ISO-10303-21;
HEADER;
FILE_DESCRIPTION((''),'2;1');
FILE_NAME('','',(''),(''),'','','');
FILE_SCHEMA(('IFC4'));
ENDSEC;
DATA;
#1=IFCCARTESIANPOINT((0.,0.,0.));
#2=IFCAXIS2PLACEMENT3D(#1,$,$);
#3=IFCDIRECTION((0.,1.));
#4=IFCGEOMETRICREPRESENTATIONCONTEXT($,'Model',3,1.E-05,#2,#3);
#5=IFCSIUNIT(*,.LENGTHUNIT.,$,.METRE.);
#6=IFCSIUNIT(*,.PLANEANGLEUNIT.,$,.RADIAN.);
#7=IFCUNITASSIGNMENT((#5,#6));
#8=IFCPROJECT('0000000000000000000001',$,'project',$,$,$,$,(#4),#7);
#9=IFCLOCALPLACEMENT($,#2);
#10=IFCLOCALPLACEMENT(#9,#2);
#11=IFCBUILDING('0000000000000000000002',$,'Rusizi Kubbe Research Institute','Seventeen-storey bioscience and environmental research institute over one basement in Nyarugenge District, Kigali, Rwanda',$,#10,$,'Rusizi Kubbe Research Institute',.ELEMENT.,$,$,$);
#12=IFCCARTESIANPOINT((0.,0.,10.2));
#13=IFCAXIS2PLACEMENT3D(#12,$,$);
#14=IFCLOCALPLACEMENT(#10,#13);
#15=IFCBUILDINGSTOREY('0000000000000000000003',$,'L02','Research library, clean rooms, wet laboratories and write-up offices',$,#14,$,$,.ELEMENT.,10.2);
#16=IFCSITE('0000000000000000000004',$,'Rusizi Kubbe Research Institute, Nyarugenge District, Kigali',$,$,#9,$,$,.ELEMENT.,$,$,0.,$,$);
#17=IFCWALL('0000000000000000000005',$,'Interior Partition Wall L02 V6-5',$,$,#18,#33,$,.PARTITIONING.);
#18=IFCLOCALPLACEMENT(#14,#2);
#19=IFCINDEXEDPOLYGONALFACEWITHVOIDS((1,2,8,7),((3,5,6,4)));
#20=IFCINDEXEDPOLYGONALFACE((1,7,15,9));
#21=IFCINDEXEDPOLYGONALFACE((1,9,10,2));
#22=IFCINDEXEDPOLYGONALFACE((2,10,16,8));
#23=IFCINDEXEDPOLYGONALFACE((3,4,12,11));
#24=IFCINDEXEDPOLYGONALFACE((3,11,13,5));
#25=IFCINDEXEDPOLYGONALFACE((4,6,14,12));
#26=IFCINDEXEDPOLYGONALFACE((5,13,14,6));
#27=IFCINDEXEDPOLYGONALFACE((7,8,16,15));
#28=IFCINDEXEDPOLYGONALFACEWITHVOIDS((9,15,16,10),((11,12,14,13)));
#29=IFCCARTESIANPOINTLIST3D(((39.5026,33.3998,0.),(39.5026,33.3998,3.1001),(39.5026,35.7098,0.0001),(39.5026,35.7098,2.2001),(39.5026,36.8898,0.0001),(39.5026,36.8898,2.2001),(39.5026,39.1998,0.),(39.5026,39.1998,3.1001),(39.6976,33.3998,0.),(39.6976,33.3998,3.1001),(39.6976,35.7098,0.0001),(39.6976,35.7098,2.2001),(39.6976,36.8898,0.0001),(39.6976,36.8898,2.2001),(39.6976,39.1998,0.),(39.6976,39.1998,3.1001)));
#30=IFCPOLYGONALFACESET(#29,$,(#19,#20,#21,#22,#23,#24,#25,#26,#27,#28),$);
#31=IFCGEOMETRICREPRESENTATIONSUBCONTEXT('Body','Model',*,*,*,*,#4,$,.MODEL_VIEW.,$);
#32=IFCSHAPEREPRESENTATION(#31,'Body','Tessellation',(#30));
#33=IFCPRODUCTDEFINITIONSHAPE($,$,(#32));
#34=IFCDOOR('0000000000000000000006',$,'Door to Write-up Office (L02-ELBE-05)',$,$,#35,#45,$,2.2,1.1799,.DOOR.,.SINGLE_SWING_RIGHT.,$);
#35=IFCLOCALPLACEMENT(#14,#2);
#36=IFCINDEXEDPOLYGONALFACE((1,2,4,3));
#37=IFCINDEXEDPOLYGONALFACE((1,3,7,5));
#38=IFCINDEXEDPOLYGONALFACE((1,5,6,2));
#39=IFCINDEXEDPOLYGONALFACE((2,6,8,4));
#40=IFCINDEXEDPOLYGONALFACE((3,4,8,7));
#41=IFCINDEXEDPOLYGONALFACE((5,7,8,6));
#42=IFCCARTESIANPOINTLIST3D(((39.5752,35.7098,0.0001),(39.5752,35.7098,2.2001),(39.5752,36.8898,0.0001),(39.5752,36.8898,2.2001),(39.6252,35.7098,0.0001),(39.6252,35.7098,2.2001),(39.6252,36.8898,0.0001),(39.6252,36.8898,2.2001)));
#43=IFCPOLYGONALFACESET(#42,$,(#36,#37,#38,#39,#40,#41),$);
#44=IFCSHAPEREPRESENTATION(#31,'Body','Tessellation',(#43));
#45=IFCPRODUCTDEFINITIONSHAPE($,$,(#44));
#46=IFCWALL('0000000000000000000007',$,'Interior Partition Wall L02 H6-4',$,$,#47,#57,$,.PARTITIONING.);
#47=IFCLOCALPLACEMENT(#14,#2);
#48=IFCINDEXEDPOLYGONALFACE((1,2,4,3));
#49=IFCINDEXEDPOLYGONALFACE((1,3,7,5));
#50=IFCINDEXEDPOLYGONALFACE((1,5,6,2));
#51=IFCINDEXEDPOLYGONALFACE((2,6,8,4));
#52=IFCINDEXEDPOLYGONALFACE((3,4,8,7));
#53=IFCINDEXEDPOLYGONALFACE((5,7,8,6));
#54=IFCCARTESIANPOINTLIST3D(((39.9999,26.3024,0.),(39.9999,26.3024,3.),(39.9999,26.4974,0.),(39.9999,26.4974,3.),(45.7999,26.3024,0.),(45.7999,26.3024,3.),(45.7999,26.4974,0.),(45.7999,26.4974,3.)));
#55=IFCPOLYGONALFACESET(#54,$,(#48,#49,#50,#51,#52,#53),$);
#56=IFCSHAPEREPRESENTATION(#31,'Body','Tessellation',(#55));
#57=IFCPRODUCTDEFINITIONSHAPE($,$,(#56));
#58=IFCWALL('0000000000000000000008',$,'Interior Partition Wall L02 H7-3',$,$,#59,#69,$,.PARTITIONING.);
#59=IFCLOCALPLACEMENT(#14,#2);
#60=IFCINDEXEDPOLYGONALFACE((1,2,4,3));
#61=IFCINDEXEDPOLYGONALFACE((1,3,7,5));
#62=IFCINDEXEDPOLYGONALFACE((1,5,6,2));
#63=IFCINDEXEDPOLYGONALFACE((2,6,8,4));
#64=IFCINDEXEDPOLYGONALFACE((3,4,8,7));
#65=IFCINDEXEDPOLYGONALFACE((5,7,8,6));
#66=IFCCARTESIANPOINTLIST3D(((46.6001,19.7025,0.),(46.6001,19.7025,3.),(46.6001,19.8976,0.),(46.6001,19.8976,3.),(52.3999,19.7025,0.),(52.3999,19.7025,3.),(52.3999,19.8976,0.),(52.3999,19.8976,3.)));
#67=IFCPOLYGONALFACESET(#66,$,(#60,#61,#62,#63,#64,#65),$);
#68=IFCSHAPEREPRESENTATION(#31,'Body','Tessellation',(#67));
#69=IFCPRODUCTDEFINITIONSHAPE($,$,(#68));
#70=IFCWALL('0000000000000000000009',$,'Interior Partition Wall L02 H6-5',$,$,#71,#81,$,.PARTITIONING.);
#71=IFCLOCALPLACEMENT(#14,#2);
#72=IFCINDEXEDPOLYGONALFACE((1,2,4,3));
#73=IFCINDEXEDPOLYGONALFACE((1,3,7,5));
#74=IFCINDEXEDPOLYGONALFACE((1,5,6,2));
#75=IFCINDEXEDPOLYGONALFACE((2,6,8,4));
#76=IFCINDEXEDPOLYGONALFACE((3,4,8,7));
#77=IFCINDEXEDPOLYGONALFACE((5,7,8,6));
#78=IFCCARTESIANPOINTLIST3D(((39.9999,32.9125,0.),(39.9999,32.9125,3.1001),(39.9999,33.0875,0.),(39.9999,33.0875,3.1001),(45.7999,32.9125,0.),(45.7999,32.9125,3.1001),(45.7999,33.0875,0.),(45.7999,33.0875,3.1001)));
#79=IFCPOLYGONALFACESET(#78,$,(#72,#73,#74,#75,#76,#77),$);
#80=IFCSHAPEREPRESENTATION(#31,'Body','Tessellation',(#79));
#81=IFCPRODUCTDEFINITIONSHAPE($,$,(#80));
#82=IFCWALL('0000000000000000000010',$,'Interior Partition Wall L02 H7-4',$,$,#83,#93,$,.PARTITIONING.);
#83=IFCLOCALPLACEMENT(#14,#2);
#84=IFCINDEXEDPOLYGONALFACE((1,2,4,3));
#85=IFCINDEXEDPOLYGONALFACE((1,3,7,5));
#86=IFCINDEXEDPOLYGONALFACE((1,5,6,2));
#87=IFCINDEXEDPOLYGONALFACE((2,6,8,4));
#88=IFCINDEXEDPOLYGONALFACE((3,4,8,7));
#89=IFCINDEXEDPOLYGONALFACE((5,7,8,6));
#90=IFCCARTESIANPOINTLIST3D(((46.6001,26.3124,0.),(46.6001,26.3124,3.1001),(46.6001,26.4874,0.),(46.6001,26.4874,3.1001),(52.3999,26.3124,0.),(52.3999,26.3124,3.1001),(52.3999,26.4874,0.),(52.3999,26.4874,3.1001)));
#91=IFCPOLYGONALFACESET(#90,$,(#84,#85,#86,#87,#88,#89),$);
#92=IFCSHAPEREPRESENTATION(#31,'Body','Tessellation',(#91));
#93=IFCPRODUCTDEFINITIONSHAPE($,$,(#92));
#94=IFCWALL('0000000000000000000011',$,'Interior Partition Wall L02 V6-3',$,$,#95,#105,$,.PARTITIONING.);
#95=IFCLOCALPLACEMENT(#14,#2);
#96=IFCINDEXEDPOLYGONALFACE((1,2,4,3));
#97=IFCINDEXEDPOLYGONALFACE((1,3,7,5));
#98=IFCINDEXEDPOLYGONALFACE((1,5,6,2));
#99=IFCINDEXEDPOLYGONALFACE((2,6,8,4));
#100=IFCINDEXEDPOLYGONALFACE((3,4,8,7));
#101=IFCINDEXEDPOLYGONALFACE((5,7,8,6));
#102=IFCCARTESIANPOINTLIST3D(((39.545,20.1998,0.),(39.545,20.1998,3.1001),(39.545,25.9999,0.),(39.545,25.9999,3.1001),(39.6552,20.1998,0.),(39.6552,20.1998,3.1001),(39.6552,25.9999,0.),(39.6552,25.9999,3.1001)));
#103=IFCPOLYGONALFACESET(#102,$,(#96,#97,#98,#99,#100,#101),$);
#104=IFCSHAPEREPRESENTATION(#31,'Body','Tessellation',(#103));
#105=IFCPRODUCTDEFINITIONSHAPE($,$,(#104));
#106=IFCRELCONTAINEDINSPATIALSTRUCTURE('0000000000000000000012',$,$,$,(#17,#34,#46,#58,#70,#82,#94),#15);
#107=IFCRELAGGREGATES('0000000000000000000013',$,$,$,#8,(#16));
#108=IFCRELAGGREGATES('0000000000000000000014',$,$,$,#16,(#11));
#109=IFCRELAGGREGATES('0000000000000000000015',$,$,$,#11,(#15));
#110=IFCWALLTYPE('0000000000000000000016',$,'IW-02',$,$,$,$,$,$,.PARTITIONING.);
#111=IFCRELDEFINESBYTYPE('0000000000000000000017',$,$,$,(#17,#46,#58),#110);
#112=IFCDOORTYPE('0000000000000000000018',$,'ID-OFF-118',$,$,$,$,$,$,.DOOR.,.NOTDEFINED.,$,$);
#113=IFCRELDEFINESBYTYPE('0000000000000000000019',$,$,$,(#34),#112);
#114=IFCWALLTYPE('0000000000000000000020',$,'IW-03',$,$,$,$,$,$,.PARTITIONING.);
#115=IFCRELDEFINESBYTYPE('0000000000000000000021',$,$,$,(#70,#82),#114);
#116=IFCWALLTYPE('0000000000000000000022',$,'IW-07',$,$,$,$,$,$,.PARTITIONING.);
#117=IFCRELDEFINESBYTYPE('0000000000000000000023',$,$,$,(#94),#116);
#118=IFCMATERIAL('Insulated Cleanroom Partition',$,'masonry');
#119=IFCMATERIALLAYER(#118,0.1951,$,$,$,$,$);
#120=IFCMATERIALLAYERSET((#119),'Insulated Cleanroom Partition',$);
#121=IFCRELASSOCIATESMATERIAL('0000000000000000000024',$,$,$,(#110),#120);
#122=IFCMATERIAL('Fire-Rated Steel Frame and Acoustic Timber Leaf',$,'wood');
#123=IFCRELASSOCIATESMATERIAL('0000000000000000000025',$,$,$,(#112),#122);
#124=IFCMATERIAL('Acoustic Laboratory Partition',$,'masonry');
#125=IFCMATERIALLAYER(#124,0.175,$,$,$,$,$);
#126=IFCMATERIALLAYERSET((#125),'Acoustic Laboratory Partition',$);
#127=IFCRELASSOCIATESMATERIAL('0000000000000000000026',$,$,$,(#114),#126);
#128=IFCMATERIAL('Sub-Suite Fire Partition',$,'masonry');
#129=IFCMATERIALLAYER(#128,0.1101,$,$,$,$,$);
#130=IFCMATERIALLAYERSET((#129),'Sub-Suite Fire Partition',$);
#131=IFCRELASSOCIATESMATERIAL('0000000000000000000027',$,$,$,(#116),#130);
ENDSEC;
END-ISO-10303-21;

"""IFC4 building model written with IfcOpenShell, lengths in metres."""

from ifc_helpers import new_model, si_unit, direction, frame, frame_2d, origin, place, context, subcontext, project, spatial, rectangle, extrude, material, layer, layer_set, type_object, element, fill, save


model = new_model("IFC4")

# Units and contexts
model_context = context("Model", 3, precision=1e-05, world=origin(), true_north=direction((0.0, 1.0)))
body_context = subcontext(model_context, "Body", "Model", "MODEL_VIEW")
ifc_project = project(units=[si_unit("LENGTHUNIT", "METRE"), si_unit("PLANEANGLEUNIT", "RADIAN")], contexts=[model_context])

# Site, building, storey
site_placement = place(None, origin())
site = spatial("IfcSite", under=ifc_project, at=site_placement, Name="Rusizi Kubbe Research Institute, Nyarugenge District, Kigali", CompositionType="ELEMENT", RefElevation=0.0)
building_placement = place(site_placement, origin())
building = spatial("IfcBuilding", under=site, at=building_placement, Name="Rusizi Kubbe Research Institute", Description="Seventeen-storey bioscience and environmental research institute over one basement in Nyarugenge District, Kigali, Rwanda", LongName="Rusizi Kubbe Research Institute", CompositionType="ELEMENT")
storey_placement = place(building_placement, frame((0.0, 0.0, 10.2)))
storey = spatial("IfcBuildingStorey", under=building, at=storey_placement, Name="L02", Description="Research library, clean rooms, wet laboratories and write-up offices", CompositionType="ELEMENT", Elevation=10.2)

# Wall, opening, door
ifc_material_1 = material(Name="Insulated Cleanroom Partition", Category="masonry")
ifc_layer_1 = layer(ifc_material_1, 0.1951)
ifc_layer_set_1 = layer_set([ifc_layer_1], Name="Insulated Cleanroom Partition")
wall_type_1 = type_object("IfcWallType", Name="IW-02", PredefinedType="PARTITIONING", material=ifc_layer_set_1)
wall_1_placement = place(storey_placement, frame((39.6001, 33.3999, 0.0), z_axis=(0.0, 0.0, 1.0), x_axis=(0.0, 1.0, 0.0)))
wall_1 = element("IfcWall", 1, at=wall_1_placement, inside=storey, type_object=wall_type_1, Name="Interior Partition Wall L02 V6-5", PredefinedType="PARTITIONING", context=body_context, shape_type="SweptSolid", body=[
    extrude(rectangle(XDim=5.8, YDim=0.1951, at=frame_2d((2.8999, 0.0))), origin(), (0.0, 0.0, 1.0), 3.1001),
])
opening_1_placement = place(wall_1_placement, frame((2.3101, 0.0, 0.0)))
opening_1 = element("IfcOpeningElement", 2, at=opening_1_placement, cuts=wall_1, PredefinedType="OPENING", context=body_context, shape_type="SweptSolid", body=[
    extrude(rectangle(XDim=1.1799, YDim=2.2, at=frame_2d((0.5898, 1.1001))), frame((0.0, 0.1074, 0.0), z_axis=(0.0, -1.0, 0.0), x_axis=(1.0, 0.0, 0.0)), (0.0, 0.0, 1.0), 0.2151),
])
ifc_material_2 = material(Name="Fire-Rated Steel Frame and Acoustic Timber Leaf", Category="wood")
door_type_1 = type_object("IfcDoorType", Name="ID-OFF-118", OperationType="NOTDEFINED", PredefinedType="DOOR", material=ifc_material_2)
door_1_placement = place(opening_1_placement, origin())
door_1 = element("IfcDoor", 3, at=door_1_placement, inside=storey, type_object=door_type_1, Name="Door to Write-up Office (L02-ELBE-05)", OperationType="SINGLE_SWING_RIGHT", OverallHeight=2.2, OverallWidth=1.1799, PredefinedType="DOOR", context=body_context, shape_type="SweptSolid", body=[
    extrude(rectangle(XDim=1.1799, YDim=2.2, at=frame_2d((0.5898, 1.1001))), frame((0.0, 0.0249, 0.0), z_axis=(0.0, -1.0, 0.0), x_axis=(1.0, 0.0, 0.0)), (0.0, 0.0, 1.0), 0.05),
])
fill(opening_1, door_1)

# Walls
wall_2_placement = place(storey_placement, frame((40.0, 26.3999, 0.0), z_axis=(0.0, 0.0, 1.0), x_axis=(1.0, 0.0, 0.0)))
element("IfcWall", 4, at=wall_2_placement, inside=storey, type_object=wall_type_1, Name="Interior Partition Wall L02 H6-4", PredefinedType="PARTITIONING", context=body_context, shape_type="SweptSolid", body=[
    extrude(rectangle(XDim=5.8, YDim=0.1951, at=frame_2d((2.8999, 0.0))), origin(), (0.0, 0.0, 1.0), 3.0),
])
wall_3_placement = place(storey_placement, frame((46.6001, 19.8, 0.0), z_axis=(0.0, 0.0, 1.0), x_axis=(1.0, 0.0, 0.0)))
element("IfcWall", 5, at=wall_3_placement, inside=storey, type_object=wall_type_1, Name="Interior Partition Wall L02 H7-3", PredefinedType="PARTITIONING", context=body_context, shape_type="SweptSolid", body=[
    extrude(rectangle(XDim=5.7998, YDim=0.1951, at=frame_2d((2.8999, 0.0))), origin(), (0.0, 0.0, 1.0), 3.0),
])
ifc_material_3 = material(Name="Acoustic Laboratory Partition", Category="masonry")
ifc_layer_2 = layer(ifc_material_3, 0.175)
ifc_layer_set_2 = layer_set([ifc_layer_2], Name="Acoustic Laboratory Partition")
wall_type_2 = type_object("IfcWallType", Name="IW-03", PredefinedType="PARTITIONING", material=ifc_layer_set_2)
wall_4_placement = place(storey_placement, frame((40.0, 33.0, 0.0), z_axis=(0.0, 0.0, 1.0), x_axis=(1.0, 0.0, 0.0)))
element("IfcWall", 6, at=wall_4_placement, inside=storey, type_object=wall_type_2, Name="Interior Partition Wall L02 H6-5", PredefinedType="PARTITIONING", context=body_context, shape_type="SweptSolid", body=[
    extrude(rectangle(XDim=5.8, YDim=0.175, at=frame_2d((2.8999, 0.0))), origin(), (0.0, 0.0, 1.0), 3.1001),
])
wall_5_placement = place(storey_placement, frame((46.6001, 26.3999, 0.0), z_axis=(0.0, 0.0, 1.0), x_axis=(1.0, 0.0, 0.0)))
element("IfcWall", 7, at=wall_5_placement, inside=storey, type_object=wall_type_2, Name="Interior Partition Wall L02 H7-4", PredefinedType="PARTITIONING", context=body_context, shape_type="SweptSolid", body=[
    extrude(rectangle(XDim=5.7998, YDim=0.175, at=frame_2d((2.8999, 0.0))), origin(), (0.0, 0.0, 1.0), 3.1001),
])
ifc_material_4 = material(Name="Sub-Suite Fire Partition", Category="masonry")
ifc_layer_3 = layer(ifc_material_4, 0.1101)
ifc_layer_set_3 = layer_set([ifc_layer_3], Name="Sub-Suite Fire Partition")
wall_type_3 = type_object("IfcWallType", Name="IW-07", PredefinedType="PARTITIONING", material=ifc_layer_set_3)
wall_6_placement = place(storey_placement, frame((39.6001, 20.2, 0.0), z_axis=(0.0, 0.0, 1.0), x_axis=(0.0, 1.0, 0.0)))
element("IfcWall", 8, at=wall_6_placement, inside=storey, type_object=wall_type_3, Name="Interior Partition Wall L02 V6-3", PredefinedType="PARTITIONING", context=body_context, shape_type="SweptSolid", body=[
    extrude(rectangle(XDim=5.8, YDim=0.1101, at=frame_2d((2.8999, 0.0))), origin(), (0.0, 0.0, 1.0), 3.1001),
])

save(model, "model.ifc")
